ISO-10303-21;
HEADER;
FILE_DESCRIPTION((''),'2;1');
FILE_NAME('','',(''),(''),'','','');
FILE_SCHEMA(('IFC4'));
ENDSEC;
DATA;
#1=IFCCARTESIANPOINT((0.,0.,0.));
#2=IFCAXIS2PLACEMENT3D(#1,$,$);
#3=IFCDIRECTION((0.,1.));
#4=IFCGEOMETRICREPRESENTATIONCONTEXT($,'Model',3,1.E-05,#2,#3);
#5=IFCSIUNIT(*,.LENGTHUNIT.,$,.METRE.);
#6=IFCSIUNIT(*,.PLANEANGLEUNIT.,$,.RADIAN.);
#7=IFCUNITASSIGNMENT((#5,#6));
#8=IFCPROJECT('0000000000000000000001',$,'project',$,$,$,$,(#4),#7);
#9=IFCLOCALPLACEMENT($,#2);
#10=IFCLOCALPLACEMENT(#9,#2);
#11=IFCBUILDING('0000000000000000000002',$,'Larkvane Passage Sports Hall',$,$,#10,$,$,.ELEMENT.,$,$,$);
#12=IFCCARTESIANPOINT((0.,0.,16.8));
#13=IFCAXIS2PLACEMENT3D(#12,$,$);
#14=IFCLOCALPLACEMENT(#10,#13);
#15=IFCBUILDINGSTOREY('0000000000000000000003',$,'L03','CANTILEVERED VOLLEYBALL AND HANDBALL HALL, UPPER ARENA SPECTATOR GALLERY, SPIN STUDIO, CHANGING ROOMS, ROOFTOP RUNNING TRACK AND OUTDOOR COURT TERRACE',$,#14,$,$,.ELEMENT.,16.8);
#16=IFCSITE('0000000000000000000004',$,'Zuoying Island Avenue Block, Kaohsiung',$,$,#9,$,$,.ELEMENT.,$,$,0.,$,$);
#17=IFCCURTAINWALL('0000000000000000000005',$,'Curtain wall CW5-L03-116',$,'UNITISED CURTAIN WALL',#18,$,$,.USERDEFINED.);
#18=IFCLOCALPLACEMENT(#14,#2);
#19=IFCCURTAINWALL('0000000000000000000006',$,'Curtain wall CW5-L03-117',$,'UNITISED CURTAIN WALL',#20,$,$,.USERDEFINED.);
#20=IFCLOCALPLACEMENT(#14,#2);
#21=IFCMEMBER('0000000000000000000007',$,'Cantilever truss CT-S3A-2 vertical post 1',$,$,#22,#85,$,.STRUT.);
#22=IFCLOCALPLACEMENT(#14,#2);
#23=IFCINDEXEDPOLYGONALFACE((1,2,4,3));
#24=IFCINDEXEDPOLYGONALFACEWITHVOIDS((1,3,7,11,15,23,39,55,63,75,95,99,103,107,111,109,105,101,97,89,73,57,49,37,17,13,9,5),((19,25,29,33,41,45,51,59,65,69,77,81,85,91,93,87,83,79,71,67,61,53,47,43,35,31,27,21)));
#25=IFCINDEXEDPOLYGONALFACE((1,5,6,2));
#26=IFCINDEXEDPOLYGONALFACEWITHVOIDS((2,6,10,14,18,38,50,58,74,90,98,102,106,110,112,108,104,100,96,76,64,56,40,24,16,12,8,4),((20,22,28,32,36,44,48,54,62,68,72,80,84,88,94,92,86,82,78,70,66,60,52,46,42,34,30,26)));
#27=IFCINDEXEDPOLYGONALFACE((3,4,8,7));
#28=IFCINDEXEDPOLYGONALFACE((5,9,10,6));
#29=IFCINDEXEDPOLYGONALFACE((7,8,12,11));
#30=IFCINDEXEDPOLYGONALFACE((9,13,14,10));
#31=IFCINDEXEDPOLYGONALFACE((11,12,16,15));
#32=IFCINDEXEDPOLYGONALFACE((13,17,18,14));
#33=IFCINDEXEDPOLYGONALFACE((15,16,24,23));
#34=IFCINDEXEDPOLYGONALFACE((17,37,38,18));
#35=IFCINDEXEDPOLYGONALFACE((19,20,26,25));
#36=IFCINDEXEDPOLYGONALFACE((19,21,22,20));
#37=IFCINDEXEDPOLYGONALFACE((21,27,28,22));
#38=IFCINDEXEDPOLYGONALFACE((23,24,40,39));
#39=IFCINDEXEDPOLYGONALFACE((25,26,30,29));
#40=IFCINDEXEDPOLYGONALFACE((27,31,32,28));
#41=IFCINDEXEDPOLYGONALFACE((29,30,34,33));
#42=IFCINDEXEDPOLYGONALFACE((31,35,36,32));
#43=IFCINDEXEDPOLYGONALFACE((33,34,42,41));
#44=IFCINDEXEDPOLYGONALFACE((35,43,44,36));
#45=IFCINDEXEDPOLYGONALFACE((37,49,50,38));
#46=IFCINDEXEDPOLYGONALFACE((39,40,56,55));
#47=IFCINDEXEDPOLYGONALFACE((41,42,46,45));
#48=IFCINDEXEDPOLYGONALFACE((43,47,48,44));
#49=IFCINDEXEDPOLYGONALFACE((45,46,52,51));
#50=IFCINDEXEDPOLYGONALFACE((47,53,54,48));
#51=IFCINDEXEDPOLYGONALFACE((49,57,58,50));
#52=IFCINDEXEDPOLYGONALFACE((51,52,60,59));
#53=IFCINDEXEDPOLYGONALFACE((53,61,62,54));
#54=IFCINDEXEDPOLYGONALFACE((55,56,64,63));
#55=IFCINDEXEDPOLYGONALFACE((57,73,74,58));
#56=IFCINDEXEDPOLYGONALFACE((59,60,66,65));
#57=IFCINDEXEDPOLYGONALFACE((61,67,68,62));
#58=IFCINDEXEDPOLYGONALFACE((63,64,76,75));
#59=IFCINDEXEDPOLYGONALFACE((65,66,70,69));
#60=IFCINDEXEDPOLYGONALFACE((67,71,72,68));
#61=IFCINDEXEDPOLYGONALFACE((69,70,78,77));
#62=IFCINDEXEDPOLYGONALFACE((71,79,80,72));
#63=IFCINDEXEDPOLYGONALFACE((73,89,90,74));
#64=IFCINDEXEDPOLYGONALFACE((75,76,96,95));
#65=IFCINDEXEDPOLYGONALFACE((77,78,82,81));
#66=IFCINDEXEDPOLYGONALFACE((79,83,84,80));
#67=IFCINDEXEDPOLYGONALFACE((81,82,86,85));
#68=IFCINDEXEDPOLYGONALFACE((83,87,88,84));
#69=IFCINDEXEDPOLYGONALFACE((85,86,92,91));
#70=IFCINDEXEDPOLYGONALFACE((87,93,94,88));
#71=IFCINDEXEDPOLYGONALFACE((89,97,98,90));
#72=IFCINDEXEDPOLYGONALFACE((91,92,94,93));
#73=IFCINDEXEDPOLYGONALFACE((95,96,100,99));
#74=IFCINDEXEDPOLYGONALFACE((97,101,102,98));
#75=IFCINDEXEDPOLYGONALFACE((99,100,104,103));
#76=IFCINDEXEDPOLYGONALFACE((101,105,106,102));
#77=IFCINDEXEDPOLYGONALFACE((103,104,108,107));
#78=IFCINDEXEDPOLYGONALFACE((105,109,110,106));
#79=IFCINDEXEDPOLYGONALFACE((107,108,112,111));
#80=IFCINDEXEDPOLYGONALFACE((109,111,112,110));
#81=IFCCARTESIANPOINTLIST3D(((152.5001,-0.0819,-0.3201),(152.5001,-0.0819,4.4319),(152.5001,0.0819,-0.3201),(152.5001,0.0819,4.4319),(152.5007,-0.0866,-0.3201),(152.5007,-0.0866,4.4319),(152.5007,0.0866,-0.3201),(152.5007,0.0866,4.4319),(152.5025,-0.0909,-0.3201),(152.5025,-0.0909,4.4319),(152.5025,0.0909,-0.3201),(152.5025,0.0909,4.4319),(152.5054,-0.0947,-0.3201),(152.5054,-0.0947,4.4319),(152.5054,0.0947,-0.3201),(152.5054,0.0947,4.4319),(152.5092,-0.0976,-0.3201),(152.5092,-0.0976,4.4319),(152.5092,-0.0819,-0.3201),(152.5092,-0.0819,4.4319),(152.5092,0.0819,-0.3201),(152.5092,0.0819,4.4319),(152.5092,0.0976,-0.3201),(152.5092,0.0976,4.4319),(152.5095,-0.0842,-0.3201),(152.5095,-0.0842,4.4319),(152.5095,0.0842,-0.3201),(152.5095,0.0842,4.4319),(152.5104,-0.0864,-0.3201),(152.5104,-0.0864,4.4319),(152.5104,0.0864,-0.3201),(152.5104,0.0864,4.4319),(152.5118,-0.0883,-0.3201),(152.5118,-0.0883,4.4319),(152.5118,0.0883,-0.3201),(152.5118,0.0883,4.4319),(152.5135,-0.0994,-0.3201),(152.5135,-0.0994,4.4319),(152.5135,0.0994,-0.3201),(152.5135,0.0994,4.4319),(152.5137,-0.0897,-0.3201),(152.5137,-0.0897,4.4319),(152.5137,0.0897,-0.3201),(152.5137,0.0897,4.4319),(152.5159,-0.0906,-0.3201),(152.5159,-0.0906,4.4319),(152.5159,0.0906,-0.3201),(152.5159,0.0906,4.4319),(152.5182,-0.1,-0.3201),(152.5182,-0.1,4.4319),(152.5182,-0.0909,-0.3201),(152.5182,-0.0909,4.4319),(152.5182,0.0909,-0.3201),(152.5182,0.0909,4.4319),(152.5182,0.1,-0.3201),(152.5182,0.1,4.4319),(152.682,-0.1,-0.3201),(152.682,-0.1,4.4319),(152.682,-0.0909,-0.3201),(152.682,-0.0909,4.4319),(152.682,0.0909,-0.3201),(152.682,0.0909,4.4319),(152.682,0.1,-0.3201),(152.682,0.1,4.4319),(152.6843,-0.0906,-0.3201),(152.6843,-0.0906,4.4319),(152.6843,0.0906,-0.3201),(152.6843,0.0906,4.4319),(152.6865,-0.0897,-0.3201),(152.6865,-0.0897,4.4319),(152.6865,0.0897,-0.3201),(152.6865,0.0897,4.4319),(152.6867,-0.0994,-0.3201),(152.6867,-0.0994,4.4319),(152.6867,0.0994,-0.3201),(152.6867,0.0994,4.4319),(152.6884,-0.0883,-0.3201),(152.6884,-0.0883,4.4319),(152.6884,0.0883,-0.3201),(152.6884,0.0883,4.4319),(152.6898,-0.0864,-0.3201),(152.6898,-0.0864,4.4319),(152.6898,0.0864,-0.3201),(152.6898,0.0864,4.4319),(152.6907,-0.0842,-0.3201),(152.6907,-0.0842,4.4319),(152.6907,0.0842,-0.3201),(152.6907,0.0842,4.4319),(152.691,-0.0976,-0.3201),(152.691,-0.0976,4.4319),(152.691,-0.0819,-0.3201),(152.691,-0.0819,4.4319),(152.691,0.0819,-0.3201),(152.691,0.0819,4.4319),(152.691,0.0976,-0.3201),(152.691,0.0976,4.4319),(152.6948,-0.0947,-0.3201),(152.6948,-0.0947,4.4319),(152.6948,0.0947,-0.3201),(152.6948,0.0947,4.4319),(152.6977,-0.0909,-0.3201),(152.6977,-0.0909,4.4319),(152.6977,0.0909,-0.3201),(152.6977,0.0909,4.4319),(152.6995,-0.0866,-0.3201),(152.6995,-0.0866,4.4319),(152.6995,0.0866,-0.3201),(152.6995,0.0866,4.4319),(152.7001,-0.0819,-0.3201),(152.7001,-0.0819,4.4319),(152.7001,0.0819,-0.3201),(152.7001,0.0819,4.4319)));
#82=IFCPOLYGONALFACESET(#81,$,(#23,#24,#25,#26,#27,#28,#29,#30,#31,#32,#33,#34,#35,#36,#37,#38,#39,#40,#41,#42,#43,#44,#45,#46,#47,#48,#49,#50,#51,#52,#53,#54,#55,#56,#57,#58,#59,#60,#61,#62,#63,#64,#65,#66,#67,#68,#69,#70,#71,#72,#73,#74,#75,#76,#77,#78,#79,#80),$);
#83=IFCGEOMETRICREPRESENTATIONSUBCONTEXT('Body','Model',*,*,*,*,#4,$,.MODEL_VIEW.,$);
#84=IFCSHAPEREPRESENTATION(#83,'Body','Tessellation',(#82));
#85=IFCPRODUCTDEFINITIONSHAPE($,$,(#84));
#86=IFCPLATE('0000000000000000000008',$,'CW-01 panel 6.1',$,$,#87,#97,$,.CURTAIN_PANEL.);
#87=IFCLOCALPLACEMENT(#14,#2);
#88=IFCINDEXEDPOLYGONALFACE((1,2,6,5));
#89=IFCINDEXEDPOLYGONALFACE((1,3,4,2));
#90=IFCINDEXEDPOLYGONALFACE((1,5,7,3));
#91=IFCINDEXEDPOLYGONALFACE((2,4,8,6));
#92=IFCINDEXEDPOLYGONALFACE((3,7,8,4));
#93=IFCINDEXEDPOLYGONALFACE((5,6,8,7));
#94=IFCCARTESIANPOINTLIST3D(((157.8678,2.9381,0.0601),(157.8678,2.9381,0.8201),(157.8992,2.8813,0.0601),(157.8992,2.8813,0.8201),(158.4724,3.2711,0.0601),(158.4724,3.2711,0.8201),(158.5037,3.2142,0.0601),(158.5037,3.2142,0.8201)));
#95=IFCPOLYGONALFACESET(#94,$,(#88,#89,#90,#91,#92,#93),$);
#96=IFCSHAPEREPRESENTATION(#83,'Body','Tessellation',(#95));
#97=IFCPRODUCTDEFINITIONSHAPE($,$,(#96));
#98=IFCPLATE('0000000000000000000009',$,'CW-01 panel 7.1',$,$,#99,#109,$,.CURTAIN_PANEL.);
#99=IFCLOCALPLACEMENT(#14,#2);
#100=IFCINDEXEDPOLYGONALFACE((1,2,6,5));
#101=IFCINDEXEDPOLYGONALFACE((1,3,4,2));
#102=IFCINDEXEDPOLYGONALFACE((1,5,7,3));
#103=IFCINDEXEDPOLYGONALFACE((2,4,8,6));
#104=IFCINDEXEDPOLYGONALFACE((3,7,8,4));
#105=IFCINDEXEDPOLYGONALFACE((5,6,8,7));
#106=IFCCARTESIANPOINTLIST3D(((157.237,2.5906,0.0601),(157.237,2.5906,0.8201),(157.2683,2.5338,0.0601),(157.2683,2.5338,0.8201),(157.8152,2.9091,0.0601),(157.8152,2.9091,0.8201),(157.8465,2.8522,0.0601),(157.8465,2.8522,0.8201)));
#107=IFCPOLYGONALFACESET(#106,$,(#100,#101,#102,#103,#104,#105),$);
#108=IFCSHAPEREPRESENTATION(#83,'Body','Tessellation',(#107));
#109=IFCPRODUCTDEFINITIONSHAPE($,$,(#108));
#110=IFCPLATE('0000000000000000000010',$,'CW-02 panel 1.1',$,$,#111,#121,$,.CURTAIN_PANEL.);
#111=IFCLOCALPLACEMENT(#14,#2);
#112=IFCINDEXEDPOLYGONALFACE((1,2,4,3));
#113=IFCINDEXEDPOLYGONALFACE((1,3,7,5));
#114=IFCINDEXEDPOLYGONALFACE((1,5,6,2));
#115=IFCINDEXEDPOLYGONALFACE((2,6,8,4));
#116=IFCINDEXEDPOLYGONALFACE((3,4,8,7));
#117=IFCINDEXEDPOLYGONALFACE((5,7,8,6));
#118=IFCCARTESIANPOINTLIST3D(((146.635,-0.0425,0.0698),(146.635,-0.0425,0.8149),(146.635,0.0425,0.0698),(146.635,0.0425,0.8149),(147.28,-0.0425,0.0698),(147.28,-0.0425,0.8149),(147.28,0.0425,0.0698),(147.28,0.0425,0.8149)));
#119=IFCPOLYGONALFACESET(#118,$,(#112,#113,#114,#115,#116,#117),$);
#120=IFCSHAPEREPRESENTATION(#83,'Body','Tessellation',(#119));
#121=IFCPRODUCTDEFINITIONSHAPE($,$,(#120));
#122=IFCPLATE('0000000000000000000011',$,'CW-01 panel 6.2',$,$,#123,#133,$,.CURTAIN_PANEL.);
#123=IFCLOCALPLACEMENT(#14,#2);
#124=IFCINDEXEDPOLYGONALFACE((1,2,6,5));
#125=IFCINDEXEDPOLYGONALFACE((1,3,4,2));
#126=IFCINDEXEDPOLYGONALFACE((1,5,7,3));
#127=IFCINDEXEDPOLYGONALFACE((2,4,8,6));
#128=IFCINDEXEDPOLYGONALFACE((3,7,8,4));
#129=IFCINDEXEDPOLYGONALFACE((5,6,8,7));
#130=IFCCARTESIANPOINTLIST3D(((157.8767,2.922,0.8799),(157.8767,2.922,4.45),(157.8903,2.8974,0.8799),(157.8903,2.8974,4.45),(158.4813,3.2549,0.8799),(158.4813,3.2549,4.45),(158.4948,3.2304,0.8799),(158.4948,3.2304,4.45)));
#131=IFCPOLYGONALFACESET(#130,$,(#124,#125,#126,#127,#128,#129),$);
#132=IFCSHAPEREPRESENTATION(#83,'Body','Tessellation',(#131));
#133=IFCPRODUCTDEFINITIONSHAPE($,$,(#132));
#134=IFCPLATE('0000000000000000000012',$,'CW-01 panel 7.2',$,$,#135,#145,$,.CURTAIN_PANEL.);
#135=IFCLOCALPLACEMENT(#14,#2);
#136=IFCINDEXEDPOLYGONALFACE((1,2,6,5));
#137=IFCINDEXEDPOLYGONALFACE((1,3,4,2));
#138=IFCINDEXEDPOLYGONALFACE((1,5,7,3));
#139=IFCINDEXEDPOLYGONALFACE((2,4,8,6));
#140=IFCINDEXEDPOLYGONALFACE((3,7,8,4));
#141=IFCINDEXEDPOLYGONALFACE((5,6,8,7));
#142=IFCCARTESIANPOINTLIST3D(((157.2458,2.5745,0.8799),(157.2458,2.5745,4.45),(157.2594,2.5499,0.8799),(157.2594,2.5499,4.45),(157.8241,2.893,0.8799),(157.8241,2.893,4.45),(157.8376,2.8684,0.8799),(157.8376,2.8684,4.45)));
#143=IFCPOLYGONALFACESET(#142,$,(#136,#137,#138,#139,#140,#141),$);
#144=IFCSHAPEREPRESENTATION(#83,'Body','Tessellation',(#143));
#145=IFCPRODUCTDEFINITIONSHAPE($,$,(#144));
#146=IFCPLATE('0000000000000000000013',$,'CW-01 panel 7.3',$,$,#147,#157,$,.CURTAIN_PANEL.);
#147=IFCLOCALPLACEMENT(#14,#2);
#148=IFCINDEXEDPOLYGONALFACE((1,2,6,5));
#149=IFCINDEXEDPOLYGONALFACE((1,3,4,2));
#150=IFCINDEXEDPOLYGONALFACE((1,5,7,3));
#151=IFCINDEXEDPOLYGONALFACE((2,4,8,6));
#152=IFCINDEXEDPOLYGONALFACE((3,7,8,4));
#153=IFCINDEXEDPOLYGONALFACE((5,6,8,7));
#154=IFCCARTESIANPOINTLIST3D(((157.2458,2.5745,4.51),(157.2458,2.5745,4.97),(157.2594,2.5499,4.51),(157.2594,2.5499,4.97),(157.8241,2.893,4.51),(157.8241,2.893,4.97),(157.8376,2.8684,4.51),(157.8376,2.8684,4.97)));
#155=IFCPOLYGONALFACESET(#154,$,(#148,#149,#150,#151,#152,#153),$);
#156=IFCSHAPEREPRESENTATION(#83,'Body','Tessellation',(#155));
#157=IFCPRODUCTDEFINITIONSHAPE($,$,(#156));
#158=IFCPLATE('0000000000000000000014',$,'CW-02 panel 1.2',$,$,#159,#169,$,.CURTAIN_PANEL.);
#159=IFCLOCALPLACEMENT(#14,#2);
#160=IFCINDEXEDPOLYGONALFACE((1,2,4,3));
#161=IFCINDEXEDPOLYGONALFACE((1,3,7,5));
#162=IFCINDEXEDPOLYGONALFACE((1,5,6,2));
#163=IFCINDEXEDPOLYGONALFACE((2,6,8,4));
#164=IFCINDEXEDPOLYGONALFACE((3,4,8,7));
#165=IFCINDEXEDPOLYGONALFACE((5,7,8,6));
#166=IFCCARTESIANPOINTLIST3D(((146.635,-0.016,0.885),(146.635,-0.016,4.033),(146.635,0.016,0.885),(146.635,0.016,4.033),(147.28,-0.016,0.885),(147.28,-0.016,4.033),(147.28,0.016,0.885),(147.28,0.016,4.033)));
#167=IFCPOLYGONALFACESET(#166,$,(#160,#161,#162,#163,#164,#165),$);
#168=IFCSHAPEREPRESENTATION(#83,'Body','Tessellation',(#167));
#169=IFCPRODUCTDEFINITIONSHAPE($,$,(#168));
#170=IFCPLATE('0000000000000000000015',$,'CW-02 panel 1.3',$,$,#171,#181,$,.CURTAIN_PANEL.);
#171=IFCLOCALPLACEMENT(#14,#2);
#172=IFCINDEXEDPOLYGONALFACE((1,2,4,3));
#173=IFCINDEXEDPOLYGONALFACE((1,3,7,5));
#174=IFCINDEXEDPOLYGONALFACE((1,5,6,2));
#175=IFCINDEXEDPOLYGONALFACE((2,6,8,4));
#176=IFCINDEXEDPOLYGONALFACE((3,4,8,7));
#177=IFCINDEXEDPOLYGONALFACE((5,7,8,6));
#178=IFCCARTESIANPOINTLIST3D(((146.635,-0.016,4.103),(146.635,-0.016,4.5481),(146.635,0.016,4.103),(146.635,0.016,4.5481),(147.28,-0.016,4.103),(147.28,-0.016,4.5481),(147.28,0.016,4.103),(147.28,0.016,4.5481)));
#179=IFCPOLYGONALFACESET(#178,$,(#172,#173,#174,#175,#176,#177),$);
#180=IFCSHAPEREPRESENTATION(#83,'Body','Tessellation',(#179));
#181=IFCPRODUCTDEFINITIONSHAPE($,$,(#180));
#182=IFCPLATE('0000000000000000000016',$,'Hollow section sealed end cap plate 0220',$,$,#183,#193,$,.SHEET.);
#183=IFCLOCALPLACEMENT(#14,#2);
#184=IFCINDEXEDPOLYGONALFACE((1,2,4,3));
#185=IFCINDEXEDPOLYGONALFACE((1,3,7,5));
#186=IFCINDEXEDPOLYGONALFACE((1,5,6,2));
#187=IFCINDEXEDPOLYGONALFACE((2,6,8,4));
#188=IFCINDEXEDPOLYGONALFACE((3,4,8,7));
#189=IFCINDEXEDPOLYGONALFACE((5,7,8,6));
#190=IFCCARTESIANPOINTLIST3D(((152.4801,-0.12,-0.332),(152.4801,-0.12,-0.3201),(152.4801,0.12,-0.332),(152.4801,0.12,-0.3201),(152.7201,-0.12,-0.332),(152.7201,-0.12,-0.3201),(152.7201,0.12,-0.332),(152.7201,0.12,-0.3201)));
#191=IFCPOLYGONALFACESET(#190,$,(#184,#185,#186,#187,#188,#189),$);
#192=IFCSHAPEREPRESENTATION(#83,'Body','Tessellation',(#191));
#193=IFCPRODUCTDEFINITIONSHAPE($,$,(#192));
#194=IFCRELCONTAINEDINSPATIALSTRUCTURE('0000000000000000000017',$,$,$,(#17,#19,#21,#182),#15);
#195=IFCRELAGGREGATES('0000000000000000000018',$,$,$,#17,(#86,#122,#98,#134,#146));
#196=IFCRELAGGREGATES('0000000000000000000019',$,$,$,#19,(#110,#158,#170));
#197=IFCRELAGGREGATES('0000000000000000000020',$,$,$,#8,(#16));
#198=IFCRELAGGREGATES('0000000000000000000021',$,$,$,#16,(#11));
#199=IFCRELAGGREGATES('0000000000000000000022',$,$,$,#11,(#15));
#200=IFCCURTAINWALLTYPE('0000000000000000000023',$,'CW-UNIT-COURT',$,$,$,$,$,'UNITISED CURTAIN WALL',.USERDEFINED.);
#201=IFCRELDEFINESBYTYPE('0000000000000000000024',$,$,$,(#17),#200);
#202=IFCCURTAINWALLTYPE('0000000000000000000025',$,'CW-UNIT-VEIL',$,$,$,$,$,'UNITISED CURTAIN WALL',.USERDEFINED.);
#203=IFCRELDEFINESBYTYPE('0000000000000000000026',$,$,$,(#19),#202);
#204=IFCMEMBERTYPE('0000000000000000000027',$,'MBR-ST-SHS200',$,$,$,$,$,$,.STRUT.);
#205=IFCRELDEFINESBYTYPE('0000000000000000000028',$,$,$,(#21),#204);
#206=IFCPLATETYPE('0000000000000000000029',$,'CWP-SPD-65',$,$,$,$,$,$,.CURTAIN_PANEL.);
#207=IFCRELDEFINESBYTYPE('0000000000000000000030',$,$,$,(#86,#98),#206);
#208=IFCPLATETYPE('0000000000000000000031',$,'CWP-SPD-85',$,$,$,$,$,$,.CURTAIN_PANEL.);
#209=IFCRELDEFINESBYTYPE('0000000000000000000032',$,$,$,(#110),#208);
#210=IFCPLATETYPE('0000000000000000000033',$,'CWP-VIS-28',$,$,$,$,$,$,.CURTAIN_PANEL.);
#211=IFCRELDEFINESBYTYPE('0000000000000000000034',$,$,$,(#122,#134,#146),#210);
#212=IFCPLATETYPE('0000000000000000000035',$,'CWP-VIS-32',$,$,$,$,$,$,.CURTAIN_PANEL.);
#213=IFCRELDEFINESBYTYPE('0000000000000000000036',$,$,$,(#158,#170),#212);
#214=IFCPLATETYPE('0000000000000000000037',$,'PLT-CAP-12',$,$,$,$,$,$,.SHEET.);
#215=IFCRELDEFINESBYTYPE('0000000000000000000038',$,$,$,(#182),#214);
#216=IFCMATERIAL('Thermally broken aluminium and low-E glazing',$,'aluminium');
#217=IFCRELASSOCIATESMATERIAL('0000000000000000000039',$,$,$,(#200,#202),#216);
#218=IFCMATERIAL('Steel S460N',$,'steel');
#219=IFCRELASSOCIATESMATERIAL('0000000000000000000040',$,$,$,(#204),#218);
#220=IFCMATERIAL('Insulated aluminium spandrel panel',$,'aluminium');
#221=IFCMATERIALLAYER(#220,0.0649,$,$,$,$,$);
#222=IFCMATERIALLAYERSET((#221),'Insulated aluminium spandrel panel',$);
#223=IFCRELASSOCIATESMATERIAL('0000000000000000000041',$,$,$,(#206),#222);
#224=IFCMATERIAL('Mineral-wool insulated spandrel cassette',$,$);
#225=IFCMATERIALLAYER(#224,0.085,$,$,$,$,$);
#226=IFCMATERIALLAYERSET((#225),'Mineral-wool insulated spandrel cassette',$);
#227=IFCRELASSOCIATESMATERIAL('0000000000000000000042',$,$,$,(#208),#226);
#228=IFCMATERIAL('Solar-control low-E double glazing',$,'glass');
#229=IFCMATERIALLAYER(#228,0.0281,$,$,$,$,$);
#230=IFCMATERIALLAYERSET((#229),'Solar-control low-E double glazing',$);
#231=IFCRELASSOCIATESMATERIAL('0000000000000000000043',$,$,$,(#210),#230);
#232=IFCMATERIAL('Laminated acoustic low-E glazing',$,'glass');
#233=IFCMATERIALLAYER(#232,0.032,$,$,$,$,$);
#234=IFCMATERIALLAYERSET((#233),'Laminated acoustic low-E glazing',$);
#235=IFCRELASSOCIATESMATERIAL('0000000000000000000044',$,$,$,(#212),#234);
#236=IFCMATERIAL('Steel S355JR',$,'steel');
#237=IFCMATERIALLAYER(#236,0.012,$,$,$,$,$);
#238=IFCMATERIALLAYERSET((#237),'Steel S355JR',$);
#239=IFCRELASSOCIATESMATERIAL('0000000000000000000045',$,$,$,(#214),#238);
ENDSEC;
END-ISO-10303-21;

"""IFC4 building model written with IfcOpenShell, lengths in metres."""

from ifc_helpers import new_model, si_unit, direction, frame, origin, origin_2d, place, context, subcontext, project, spatial, rectangle, hollow_rectangle, extrude, material, layer, layer_set, material_profile, profile_set, type_object, element, aggregate, save


model = new_model("IFC4")

# Units and contexts
model_context = context("Model", 3, precision=1e-05, world=origin(), true_north=direction((0.0, 1.0)))
body_context = subcontext(model_context, "Body", "Model", "MODEL_VIEW")
ifc_project = project(units=[si_unit("LENGTHUNIT", "METRE"), si_unit("PLANEANGLEUNIT", "RADIAN")], contexts=[model_context])

# Site, building, storey
site_placement = place(None, origin())
site = spatial("IfcSite", under=ifc_project, at=site_placement, Name="Zuoying Island Avenue Block, Kaohsiung", CompositionType="ELEMENT", RefElevation=0.0)
building_placement = place(site_placement, origin())
building = spatial("IfcBuilding", under=site, at=building_placement, Name="Larkvane Passage Sports Hall", CompositionType="ELEMENT")
storey_placement = place(building_placement, frame((0.0, 0.0, 16.8)))
storey = spatial("IfcBuildingStorey", under=building, at=storey_placement, Name="L03", Description="CANTILEVERED VOLLEYBALL AND HANDBALL HALL, UPPER ARENA SPECTATOR GALLERY, SPIN STUDIO, CHANGING ROOMS, ROOFTOP RUNNING TRACK AND OUTDOOR COURT TERRACE", CompositionType="ELEMENT", Elevation=16.8)

# Shared definitions
ifc_material_1 = material(Name="Steel S460N", Category="steel")

# Curtain wall
ifc_material_2 = material(Name="Thermally broken aluminium and low-E glazing", Category="aluminium")
curtain_wall_type_1 = type_object("IfcCurtainWallType", Name="CW-UNIT-COURT", ElementType="UNITISED CURTAIN WALL", PredefinedType="USERDEFINED", material=ifc_material_2)
curtain_wall_1_placement = place(storey_placement, origin())
curtain_wall_1 = element("IfcCurtainWall", 1, at=curtain_wall_1_placement, inside=storey, type_object=curtain_wall_type_1, Name="Curtain wall CW5-L03-116", ObjectType="UNITISED CURTAIN WALL", PredefinedType="USERDEFINED")

# Curtain wall
curtain_wall_type_2 = type_object("IfcCurtainWallType", Name="CW-UNIT-VEIL", ElementType="UNITISED CURTAIN WALL", PredefinedType="USERDEFINED", material=ifc_material_2)
curtain_wall_2_placement = place(storey_placement, origin())
curtain_wall_2 = element("IfcCurtainWall", 2, at=curtain_wall_2_placement, inside=storey, type_object=curtain_wall_type_2, Name="Curtain wall CW5-L03-117", ObjectType="UNITISED CURTAIN WALL", PredefinedType="USERDEFINED")

# Shared definitions
ifc_material_3 = material(Name="Steel S355JR", Category="steel")

# Member
ifc_material_profile_1 = material_profile(ifc_material_1, hollow_rectangle(XDim=0.2, YDim=0.2, WallThickness=0.009, InnerFilletRadius=0.009, OuterFilletRadius=0.0181, at=origin_2d()), Name="SHS-200x200x9")
ifc_profile_set_1 = profile_set([ifc_material_profile_1], Name="Steel S460N")
member_type_1 = type_object("IfcMemberType", Name="MBR-ST-SHS200", PredefinedType="STRUT", material=ifc_profile_set_1)
member_1_placement = place(storey_placement, frame((152.6001, 0.0, -0.3201), z_axis=(0.0, 0.0, 1.0), x_axis=(1.0, 0.0, 0.0)))
element("IfcMember", 3, at=member_1_placement, inside=storey, type_object=member_type_1, Name="Cantilever truss CT-S3A-2 vertical post 1", PredefinedType="STRUT", context=body_context, shape_type="SweptSolid", body=[
    extrude(hollow_rectangle(XDim=0.2, YDim=0.2, WallThickness=0.009, InnerFilletRadius=0.009, OuterFilletRadius=0.0181, at=origin_2d()), origin(), (0.0, 0.0, 1.0), 4.752),
])

# Plates
ifc_material_4 = material(Name="Insulated aluminium spandrel panel", Category="aluminium")
ifc_layer_1 = layer(ifc_material_4, 0.0649)
ifc_layer_set_1 = layer_set([ifc_layer_1], Name="Insulated aluminium spandrel panel")
plate_type_1 = type_object("IfcPlateType", Name="CWP-SPD-65", PredefinedType="CURTAIN_PANEL", material=ifc_layer_set_1)
plate_1_placement = place(storey_placement, frame((158.1858, 3.0762, 0.0601), z_axis=(0.0, 0.0, 1.0), x_axis=(-0.875942, -0.482416, 0.0)))
plate_1 = element("IfcPlate", 4, at=plate_1_placement, type_object=plate_type_1, Name="CW-01 panel 6.1", PredefinedType="CURTAIN_PANEL", context=body_context, shape_type="SweptSolid", body=[
    extrude(rectangle(XDim=0.6902, YDim=0.0649, at=origin_2d()), origin(), (0.0, 0.0, 1.0), 0.76),
])
plate_2_placement = place(storey_placement, frame((157.5417, 2.7214, 0.0601), z_axis=(0.0, 0.0, 1.0), x_axis=(-0.875942, -0.482416, 0.0)))
plate_2 = element("IfcPlate", 5, at=plate_2_placement, type_object=plate_type_1, Name="CW-01 panel 7.1", PredefinedType="CURTAIN_PANEL", context=body_context, shape_type="SweptSolid", body=[
    extrude(rectangle(XDim=0.6602, YDim=0.0649, at=origin_2d()), origin(), (0.0, 0.0, 1.0), 0.76),
])
ifc_material_5 = material(Name="Mineral-wool insulated spandrel cassette")
ifc_layer_2 = layer(ifc_material_5, 0.085)
ifc_layer_set_2 = layer_set([ifc_layer_2], Name="Mineral-wool insulated spandrel cassette")
plate_type_2 = type_object("IfcPlateType", Name="CWP-SPD-85", PredefinedType="CURTAIN_PANEL", material=ifc_layer_set_2)
plate_3_placement = place(storey_placement, frame((146.9575, 0.0, 0.0698), z_axis=(0.0, 0.0, 1.0), x_axis=(-1.0, 0.0, 0.0)))
plate_3 = element("IfcPlate", 6, at=plate_3_placement, type_object=plate_type_2, Name="CW-02 panel 1.1", PredefinedType="CURTAIN_PANEL", context=body_context, shape_type="SweptSolid", body=[
    extrude(rectangle(XDim=0.645, YDim=0.085, at=origin_2d()), origin(), (0.0, 0.0, 1.0), 0.7451),
])
ifc_material_6 = material(Name="Solar-control low-E double glazing", Category="glass")
ifc_layer_3 = layer(ifc_material_6, 0.0281)
ifc_layer_set_3 = layer_set([ifc_layer_3], Name="Solar-control low-E double glazing")
plate_type_3 = type_object("IfcPlateType", Name="CWP-VIS-28", PredefinedType="CURTAIN_PANEL", material=ifc_layer_set_3)
plate_4_placement = place(storey_placement, frame((158.1858, 3.0762, 0.8799), z_axis=(0.0, 0.0, 1.0), x_axis=(-0.875942, -0.482416, 0.0)))
plate_4 = element("IfcPlate", 7, at=plate_4_placement, type_object=plate_type_3, Name="CW-01 panel 6.2", PredefinedType="CURTAIN_PANEL", context=body_context, shape_type="SweptSolid", body=[
    extrude(rectangle(XDim=0.6902, YDim=0.0281, at=origin_2d()), origin(), (0.0, 0.0, 1.0), 3.5701),
])
plate_5_placement = place(storey_placement, frame((157.5417, 2.7214, 0.8799), z_axis=(0.0, 0.0, 1.0), x_axis=(-0.875942, -0.482416, 0.0)))
plate_5 = element("IfcPlate", 8, at=plate_5_placement, type_object=plate_type_3, Name="CW-01 panel 7.2", PredefinedType="CURTAIN_PANEL", context=body_context, shape_type="SweptSolid", body=[
    extrude(rectangle(XDim=0.6602, YDim=0.0281, at=origin_2d()), origin(), (0.0, 0.0, 1.0), 3.5701),
])
plate_6_placement = place(storey_placement, frame((157.5417, 2.7214, 4.51), z_axis=(0.0, 0.0, 1.0), x_axis=(-0.875942, -0.482416, 0.0)))
plate_6 = element("IfcPlate", 9, at=plate_6_placement, type_object=plate_type_3, Name="CW-01 panel 7.3", PredefinedType="CURTAIN_PANEL", context=body_context, shape_type="SweptSolid", body=[
    extrude(rectangle(XDim=0.6602, YDim=0.0281, at=origin_2d()), origin(), (0.0, 0.0, 1.0), 0.46),
])
aggregate(curtain_wall_1, [plate_1, plate_4, plate_2, plate_5, plate_6])
ifc_material_7 = material(Name="Laminated acoustic low-E glazing", Category="glass")
ifc_layer_4 = layer(ifc_material_7, 0.032)
ifc_layer_set_4 = layer_set([ifc_layer_4], Name="Laminated acoustic low-E glazing")
plate_type_4 = type_object("IfcPlateType", Name="CWP-VIS-32", PredefinedType="CURTAIN_PANEL", material=ifc_layer_set_4)
plate_7_placement = place(storey_placement, frame((146.9575, 0.0, 0.885), z_axis=(0.0, 0.0, 1.0), x_axis=(-1.0, 0.0, 0.0)))
plate_7 = element("IfcPlate", 10, at=plate_7_placement, type_object=plate_type_4, Name="CW-02 panel 1.2", PredefinedType="CURTAIN_PANEL", context=body_context, shape_type="SweptSolid", body=[
    extrude(rectangle(XDim=0.645, YDim=0.032, at=origin_2d()), origin(), (0.0, 0.0, 1.0), 3.1479),
])
plate_8_placement = place(storey_placement, frame((146.9575, 0.0, 4.103), z_axis=(0.0, 0.0, 1.0), x_axis=(-1.0, 0.0, 0.0)))
plate_8 = element("IfcPlate", 11, at=plate_8_placement, type_object=plate_type_4, Name="CW-02 panel 1.3", PredefinedType="CURTAIN_PANEL", context=body_context, shape_type="SweptSolid", body=[
    extrude(rectangle(XDim=0.645, YDim=0.032, at=origin_2d()), origin(), (0.0, 0.0, 1.0), 0.4451),
])
aggregate(curtain_wall_2, [plate_3, plate_7, plate_8])

# Plate
ifc_layer_5 = layer(ifc_material_3, 0.012)
ifc_layer_set_5 = layer_set([ifc_layer_5], Name="Steel S355JR")
plate_type_5 = type_object("IfcPlateType", Name="PLT-CAP-12", PredefinedType="SHEET", material=ifc_layer_set_5)
for number, where, z_axis, x_axis, name in (
    (12, (152.6001, 0.0, -0.332), (0.0, 0.0, 1.0), (1.0, 0.0, 0.0), "Hollow section sealed end cap plate 0220"),
):
    element("IfcPlate", number, at=place(storey_placement, frame(where, z_axis=z_axis, x_axis=x_axis)), inside=storey, type_object=plate_type_5, Name=name, PredefinedType="SHEET", context=body_context, shape_type="SweptSolid", body=[
        extrude(rectangle(XDim=0.24, YDim=0.24, at=origin_2d()), origin(), (0.0, 0.0, 1.0), 0.012),
    ])

save(model, "model.ifc")
